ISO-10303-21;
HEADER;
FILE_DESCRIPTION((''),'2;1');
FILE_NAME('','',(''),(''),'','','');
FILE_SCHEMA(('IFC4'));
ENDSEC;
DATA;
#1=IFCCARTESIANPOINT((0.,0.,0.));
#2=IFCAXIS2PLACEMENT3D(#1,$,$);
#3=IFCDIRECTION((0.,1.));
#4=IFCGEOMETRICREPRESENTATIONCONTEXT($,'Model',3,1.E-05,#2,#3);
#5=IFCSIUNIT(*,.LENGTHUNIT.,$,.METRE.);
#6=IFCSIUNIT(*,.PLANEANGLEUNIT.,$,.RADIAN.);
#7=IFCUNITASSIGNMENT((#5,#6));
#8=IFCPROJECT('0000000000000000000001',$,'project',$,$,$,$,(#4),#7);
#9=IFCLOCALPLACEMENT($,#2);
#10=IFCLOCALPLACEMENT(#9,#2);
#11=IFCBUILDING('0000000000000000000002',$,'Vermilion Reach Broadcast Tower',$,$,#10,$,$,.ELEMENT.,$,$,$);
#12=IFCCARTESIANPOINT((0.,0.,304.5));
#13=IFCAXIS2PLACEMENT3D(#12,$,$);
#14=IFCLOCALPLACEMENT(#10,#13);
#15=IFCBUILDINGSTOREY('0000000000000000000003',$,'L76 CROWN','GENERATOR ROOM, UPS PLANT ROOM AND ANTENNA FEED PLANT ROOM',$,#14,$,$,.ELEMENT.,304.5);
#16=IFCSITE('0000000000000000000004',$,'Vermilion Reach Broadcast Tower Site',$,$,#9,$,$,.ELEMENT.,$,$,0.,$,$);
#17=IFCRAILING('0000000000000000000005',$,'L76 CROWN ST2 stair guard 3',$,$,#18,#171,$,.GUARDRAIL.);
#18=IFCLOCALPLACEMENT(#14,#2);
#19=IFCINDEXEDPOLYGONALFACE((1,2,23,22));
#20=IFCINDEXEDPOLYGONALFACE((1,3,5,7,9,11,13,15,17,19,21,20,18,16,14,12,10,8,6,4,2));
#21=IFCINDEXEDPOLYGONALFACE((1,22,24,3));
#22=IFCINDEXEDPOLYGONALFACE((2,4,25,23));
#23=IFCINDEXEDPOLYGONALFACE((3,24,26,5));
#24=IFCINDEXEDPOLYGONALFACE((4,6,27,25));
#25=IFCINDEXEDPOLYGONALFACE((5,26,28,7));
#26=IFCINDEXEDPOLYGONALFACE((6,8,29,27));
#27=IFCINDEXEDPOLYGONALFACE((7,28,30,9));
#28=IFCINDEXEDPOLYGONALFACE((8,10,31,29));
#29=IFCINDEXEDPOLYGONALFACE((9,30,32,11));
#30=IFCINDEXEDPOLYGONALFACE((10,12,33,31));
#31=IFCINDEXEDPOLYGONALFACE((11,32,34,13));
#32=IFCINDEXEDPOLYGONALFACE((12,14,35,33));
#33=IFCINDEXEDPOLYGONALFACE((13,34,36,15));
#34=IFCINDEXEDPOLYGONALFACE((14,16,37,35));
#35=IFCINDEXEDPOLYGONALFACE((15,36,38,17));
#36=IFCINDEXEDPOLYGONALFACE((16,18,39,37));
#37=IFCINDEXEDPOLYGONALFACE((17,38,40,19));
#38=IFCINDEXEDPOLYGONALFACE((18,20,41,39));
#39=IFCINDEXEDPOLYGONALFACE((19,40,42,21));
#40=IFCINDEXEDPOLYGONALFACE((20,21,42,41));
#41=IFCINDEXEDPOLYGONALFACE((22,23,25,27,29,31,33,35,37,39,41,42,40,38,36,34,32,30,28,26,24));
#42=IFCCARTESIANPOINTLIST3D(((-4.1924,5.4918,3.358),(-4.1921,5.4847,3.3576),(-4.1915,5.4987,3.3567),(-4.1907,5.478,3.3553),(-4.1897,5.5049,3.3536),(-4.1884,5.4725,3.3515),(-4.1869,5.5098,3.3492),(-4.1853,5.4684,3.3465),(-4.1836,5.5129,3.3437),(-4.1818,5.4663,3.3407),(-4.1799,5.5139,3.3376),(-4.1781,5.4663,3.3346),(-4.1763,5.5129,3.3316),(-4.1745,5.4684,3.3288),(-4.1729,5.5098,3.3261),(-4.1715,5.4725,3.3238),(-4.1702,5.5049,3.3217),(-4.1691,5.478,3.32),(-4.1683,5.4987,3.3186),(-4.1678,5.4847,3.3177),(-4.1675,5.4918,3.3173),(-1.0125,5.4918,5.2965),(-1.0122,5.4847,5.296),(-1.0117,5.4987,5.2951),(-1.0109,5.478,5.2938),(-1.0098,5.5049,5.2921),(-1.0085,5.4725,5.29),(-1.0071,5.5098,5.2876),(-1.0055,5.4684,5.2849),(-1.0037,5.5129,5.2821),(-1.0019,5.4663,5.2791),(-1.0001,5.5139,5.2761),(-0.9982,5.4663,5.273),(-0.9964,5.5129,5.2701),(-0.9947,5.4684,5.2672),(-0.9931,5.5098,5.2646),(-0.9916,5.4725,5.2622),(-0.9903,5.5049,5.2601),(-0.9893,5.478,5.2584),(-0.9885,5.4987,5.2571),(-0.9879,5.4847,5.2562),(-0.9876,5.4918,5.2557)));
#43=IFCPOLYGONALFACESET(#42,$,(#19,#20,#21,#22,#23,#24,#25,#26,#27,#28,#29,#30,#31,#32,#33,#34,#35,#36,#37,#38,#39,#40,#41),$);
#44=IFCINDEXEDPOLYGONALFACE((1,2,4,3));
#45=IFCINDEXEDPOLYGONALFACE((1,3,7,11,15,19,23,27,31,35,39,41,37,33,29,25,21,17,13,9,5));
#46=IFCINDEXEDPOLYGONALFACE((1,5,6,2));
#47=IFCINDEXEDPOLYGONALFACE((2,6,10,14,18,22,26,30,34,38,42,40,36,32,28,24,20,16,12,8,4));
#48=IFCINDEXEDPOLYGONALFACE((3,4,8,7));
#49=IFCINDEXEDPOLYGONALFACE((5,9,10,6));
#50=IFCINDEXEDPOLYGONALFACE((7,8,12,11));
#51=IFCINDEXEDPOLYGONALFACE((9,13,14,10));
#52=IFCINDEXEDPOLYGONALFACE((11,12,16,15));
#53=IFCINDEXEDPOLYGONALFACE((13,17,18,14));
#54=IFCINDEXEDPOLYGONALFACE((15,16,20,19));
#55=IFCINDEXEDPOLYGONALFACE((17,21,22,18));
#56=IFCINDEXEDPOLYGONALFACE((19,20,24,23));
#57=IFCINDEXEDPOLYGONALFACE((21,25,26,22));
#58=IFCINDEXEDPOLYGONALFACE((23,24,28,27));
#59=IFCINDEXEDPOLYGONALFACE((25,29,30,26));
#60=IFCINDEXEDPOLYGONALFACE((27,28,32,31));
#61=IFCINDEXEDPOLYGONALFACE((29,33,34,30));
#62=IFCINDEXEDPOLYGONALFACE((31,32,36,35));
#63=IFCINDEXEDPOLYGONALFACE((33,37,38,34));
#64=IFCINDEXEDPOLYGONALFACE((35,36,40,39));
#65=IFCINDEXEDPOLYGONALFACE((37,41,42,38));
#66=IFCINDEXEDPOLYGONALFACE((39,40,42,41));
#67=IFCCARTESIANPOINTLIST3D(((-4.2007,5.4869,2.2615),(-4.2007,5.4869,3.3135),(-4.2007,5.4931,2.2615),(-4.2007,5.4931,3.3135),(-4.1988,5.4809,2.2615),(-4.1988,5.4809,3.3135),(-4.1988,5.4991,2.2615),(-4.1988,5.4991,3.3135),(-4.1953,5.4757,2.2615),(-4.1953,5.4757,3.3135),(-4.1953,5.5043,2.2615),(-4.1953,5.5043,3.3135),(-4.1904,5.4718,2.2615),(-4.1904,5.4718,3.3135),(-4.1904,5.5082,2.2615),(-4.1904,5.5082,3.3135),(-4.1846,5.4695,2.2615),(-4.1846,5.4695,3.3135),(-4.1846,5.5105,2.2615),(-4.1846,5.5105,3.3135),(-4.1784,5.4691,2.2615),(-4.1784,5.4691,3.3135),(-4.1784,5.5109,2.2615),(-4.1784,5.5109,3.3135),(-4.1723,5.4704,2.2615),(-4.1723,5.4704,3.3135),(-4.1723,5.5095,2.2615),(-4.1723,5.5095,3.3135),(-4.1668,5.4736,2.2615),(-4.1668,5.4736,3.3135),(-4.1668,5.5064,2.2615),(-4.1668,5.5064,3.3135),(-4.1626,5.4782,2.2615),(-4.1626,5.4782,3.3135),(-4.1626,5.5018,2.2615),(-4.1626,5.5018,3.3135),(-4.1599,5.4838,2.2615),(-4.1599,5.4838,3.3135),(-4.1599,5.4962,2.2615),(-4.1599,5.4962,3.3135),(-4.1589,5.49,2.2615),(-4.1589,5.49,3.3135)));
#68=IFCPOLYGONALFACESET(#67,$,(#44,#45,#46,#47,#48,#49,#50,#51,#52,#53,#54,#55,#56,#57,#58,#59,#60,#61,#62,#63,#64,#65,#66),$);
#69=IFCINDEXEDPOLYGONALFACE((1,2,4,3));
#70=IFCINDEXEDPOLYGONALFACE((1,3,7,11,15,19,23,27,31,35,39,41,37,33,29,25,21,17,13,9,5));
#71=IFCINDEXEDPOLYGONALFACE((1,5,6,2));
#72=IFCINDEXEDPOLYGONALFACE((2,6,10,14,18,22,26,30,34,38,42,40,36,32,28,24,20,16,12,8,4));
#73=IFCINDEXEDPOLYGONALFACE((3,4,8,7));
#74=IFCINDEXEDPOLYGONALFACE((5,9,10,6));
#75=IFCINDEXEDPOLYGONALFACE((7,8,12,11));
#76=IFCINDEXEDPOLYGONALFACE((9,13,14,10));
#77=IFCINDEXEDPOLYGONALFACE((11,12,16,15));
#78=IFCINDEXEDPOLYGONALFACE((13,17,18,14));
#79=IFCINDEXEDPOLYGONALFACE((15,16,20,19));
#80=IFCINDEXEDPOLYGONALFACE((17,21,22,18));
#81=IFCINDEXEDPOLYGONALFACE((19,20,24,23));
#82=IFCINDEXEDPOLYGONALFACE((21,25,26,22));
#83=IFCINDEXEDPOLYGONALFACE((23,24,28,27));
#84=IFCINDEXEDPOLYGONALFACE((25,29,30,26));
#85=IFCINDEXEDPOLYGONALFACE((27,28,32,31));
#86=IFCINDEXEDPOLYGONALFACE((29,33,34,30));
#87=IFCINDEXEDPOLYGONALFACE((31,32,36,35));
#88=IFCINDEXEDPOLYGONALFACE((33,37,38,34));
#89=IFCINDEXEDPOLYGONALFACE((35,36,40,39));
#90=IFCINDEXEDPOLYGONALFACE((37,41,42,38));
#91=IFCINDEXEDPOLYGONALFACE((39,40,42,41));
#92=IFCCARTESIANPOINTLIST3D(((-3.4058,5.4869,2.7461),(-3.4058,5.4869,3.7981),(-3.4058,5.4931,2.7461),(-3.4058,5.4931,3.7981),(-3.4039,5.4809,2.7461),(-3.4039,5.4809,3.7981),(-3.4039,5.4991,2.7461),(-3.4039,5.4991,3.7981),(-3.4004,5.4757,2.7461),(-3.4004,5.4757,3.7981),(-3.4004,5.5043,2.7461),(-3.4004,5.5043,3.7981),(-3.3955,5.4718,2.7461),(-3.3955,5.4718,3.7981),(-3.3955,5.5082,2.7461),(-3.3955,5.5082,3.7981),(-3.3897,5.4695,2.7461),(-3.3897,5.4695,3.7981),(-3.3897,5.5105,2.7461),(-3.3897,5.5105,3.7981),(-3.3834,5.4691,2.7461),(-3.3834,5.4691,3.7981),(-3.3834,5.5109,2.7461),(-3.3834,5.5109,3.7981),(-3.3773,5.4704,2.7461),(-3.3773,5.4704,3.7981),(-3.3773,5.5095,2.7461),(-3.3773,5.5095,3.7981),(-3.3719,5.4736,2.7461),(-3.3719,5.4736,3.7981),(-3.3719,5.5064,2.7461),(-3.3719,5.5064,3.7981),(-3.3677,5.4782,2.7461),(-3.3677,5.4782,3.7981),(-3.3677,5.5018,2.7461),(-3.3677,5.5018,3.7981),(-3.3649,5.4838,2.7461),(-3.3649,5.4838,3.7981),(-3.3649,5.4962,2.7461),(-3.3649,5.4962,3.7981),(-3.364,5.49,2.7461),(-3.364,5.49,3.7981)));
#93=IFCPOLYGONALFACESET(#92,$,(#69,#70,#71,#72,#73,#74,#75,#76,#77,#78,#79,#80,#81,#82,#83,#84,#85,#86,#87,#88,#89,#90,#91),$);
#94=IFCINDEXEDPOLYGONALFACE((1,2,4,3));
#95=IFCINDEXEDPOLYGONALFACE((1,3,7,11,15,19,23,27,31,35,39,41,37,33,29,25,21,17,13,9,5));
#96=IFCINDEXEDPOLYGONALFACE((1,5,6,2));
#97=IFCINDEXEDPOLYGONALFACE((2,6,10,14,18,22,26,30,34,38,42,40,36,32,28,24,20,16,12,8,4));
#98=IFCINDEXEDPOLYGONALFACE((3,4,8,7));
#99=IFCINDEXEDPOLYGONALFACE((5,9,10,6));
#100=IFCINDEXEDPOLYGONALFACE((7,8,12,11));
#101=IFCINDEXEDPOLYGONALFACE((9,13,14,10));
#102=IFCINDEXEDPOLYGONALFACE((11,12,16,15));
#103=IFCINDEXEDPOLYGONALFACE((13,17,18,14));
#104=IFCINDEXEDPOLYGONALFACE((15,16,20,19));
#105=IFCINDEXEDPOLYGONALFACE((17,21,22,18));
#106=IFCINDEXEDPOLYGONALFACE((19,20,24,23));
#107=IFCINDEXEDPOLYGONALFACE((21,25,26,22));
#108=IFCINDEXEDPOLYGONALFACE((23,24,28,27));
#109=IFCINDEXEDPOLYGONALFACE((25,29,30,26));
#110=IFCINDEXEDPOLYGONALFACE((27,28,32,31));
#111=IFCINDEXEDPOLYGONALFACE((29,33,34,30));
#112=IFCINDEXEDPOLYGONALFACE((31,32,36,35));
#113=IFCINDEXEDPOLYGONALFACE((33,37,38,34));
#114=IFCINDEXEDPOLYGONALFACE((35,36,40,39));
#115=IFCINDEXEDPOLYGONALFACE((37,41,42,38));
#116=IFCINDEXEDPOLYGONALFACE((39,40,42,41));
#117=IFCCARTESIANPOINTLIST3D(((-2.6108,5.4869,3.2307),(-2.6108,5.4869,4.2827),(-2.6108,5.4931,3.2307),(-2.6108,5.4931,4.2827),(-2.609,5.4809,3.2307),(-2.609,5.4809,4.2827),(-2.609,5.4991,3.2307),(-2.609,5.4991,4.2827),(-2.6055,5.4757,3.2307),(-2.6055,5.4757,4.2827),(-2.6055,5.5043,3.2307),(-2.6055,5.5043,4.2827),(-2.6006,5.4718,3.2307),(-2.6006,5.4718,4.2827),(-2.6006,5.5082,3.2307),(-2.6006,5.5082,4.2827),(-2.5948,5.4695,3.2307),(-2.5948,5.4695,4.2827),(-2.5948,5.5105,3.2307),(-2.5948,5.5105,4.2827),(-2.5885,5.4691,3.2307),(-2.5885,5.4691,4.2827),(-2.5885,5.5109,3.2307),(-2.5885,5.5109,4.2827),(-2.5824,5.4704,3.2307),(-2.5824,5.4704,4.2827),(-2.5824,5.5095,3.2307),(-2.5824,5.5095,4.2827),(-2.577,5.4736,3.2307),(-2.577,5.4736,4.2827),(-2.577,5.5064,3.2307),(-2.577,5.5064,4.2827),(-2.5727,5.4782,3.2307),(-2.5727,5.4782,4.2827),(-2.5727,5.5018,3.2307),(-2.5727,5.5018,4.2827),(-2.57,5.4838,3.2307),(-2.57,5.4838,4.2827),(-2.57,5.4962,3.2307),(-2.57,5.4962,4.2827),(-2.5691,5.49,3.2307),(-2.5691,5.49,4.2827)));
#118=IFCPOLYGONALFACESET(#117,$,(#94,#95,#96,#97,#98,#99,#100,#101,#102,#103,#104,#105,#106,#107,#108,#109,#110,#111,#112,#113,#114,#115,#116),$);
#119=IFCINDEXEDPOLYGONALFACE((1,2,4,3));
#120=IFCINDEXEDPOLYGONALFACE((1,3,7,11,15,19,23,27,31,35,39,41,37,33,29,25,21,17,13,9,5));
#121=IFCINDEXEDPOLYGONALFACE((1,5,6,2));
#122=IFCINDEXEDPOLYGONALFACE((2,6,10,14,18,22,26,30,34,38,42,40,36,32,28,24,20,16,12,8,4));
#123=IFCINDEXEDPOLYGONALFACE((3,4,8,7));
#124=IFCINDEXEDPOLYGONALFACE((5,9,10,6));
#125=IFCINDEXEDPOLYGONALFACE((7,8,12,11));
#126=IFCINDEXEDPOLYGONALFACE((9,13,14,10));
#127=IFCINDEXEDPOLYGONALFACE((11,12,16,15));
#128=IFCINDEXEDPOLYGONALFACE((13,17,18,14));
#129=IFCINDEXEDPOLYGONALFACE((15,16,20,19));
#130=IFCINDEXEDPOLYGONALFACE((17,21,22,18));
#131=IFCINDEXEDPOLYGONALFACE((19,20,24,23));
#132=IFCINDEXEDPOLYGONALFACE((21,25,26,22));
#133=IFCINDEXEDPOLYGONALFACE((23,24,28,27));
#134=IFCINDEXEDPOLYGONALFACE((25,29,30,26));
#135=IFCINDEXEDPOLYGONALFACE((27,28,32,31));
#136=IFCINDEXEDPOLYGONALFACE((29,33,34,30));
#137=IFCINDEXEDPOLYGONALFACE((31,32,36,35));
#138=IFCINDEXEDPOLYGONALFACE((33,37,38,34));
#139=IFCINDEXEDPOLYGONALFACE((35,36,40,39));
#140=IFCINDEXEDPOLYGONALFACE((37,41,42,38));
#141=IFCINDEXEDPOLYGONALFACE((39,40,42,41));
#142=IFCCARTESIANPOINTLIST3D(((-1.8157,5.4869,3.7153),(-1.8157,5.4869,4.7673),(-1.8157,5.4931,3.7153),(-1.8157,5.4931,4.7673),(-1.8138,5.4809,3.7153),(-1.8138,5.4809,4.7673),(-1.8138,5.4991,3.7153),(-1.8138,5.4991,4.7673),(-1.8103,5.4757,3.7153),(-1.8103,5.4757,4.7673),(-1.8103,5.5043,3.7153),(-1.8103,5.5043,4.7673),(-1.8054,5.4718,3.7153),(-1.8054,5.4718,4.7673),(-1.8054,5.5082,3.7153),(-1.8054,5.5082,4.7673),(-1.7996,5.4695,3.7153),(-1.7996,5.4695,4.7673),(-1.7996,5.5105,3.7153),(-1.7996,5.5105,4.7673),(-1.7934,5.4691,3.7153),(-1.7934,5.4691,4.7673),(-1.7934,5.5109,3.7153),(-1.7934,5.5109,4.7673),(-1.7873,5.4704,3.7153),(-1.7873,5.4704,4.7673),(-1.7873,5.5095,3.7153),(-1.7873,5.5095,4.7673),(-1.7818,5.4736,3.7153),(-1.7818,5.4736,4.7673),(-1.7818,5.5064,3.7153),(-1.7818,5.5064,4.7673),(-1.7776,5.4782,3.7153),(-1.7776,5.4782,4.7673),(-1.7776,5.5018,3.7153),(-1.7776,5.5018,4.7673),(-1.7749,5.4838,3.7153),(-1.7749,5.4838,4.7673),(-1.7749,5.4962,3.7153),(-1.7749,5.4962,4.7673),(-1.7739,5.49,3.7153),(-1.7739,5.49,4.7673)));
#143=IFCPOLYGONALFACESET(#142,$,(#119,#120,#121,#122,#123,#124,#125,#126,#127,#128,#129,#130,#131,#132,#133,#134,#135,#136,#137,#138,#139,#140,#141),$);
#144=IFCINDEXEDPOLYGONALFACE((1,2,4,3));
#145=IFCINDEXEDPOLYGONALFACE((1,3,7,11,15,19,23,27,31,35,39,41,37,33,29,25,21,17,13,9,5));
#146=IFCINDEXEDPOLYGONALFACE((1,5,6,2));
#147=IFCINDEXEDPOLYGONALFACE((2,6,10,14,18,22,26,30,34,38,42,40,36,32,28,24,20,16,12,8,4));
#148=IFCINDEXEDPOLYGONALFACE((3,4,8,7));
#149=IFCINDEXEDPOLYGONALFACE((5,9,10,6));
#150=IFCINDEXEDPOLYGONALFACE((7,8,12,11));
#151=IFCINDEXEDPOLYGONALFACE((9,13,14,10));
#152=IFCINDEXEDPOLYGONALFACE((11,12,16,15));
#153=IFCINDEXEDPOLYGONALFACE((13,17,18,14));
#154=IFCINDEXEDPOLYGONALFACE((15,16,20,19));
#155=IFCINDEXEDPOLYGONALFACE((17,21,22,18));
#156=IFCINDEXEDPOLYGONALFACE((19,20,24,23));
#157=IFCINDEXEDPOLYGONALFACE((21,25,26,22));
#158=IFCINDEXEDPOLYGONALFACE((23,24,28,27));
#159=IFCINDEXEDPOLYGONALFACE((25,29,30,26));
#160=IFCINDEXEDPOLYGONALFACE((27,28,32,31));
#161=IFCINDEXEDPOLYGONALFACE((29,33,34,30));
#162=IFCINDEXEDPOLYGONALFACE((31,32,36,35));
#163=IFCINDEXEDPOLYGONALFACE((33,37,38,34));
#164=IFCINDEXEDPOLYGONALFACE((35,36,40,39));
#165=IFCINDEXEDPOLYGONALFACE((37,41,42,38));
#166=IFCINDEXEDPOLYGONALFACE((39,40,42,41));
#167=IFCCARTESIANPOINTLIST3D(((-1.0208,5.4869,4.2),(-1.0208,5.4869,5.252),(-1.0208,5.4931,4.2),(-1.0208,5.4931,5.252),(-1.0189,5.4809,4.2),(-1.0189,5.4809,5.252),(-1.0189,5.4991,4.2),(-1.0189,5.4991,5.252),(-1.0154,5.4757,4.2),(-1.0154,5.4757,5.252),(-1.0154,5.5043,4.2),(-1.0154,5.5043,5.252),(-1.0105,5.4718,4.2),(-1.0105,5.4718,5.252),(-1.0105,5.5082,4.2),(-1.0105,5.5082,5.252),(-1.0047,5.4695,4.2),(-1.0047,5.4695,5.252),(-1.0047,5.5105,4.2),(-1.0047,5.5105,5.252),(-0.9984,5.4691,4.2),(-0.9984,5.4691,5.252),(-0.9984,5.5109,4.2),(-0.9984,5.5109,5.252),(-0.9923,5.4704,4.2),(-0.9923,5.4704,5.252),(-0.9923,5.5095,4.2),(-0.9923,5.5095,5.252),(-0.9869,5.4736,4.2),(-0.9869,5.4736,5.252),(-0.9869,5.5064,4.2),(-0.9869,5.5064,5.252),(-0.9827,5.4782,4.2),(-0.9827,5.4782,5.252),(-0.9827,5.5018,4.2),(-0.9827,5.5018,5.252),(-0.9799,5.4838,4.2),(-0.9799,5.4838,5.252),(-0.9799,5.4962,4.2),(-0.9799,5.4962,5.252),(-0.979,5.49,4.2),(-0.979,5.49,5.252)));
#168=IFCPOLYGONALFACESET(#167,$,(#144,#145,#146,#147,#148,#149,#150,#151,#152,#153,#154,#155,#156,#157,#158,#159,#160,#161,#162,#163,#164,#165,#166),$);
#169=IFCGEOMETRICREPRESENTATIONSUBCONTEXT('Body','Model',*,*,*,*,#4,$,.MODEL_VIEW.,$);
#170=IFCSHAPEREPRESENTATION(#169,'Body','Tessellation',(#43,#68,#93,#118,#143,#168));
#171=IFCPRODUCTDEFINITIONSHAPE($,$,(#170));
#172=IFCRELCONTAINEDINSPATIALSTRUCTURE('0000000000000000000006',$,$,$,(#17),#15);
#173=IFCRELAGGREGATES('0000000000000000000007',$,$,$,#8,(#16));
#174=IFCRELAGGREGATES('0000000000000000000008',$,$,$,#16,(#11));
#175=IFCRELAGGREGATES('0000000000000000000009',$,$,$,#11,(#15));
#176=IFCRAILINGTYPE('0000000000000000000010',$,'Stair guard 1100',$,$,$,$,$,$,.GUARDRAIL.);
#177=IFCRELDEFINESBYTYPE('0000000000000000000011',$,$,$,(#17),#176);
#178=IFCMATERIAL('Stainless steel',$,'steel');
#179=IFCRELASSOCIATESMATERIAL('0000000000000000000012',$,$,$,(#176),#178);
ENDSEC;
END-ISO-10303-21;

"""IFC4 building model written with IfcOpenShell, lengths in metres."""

from ifc_helpers import new_model, si_unit, direction, frame, origin, origin_2d, place, context, subcontext, project, spatial, circle, extrude, material, type_object, element, save


model = new_model("IFC4")

# Units and contexts
model_context = context("Model", 3, precision=1e-05, world=origin(), true_north=direction((0.0, 1.0)))
body_context = subcontext(model_context, "Body", "Model", "MODEL_VIEW")
ifc_project = project(units=[si_unit("LENGTHUNIT", "METRE"), si_unit("PLANEANGLEUNIT", "RADIAN")], contexts=[model_context])

# Site, building, storey
site_placement = place(None, origin())
site = spatial("IfcSite", under=ifc_project, at=site_placement, Name="Vermilion Reach Broadcast Tower Site", CompositionType="ELEMENT", RefElevation=0.0)
building_placement = place(site_placement, origin())
building = spatial("IfcBuilding", under=site, at=building_placement, Name="Vermilion Reach Broadcast Tower", CompositionType="ELEMENT")
storey_placement = place(building_placement, frame((0.0, 0.0, 304.5)))
storey = spatial("IfcBuildingStorey", under=building, at=storey_placement, Name="L76 CROWN", Description="GENERATOR ROOM, UPS PLANT ROOM AND ANTENNA FEED PLANT ROOM", CompositionType="ELEMENT", Elevation=304.5)

# Railing
ifc_material_1 = material(Name="Stainless steel", Category="steel")
railing_type_1 = type_object("IfcRailingType", Name="Stair guard 1100", PredefinedType="GUARDRAIL", material=ifc_material_1)
railing_1_placement = place(storey_placement, frame((-4.1799, 5.49, 2.2615)))
element("IfcRailing", 1, at=railing_1_placement, inside=storey, type_object=railing_type_1, Name="L76 CROWN ST2 stair guard 3", PredefinedType="GUARDRAIL", context=body_context, shape_type="SweptSolid", body=[
    extrude(circle(Radius=0.0239, at=origin_2d()), frame((0.0, 0.0, 1.0762), z_axis=(0.853857, 0.0, 0.520508), x_axis=(0.0, 1.0, 0.0)), (0.0, 0.0, 1.0), 3.7241),
    extrude(circle(Radius=0.021, at=origin_2d()), origin(), (0.0, 0.0, 1.0), 1.052),
    extrude(circle(Radius=0.021, at=origin_2d()), frame((0.7949, 0.0, 0.4846)), (0.0, 0.0, 1.0), 1.052),
    extrude(circle(Radius=0.021, at=origin_2d()), frame((1.5898, 0.0, 0.9692)), (0.0, 0.0, 1.0), 1.052),
    extrude(circle(Radius=0.021, at=origin_2d()), frame((2.385, 0.0, 1.4539)), (0.0, 0.0, 1.0), 1.052),
    extrude(circle(Radius=0.021, at=origin_2d()), frame((3.1799, 0.0, 1.9385)), (0.0, 0.0, 1.0), 1.052),
])

save(model, "model.ifc")
